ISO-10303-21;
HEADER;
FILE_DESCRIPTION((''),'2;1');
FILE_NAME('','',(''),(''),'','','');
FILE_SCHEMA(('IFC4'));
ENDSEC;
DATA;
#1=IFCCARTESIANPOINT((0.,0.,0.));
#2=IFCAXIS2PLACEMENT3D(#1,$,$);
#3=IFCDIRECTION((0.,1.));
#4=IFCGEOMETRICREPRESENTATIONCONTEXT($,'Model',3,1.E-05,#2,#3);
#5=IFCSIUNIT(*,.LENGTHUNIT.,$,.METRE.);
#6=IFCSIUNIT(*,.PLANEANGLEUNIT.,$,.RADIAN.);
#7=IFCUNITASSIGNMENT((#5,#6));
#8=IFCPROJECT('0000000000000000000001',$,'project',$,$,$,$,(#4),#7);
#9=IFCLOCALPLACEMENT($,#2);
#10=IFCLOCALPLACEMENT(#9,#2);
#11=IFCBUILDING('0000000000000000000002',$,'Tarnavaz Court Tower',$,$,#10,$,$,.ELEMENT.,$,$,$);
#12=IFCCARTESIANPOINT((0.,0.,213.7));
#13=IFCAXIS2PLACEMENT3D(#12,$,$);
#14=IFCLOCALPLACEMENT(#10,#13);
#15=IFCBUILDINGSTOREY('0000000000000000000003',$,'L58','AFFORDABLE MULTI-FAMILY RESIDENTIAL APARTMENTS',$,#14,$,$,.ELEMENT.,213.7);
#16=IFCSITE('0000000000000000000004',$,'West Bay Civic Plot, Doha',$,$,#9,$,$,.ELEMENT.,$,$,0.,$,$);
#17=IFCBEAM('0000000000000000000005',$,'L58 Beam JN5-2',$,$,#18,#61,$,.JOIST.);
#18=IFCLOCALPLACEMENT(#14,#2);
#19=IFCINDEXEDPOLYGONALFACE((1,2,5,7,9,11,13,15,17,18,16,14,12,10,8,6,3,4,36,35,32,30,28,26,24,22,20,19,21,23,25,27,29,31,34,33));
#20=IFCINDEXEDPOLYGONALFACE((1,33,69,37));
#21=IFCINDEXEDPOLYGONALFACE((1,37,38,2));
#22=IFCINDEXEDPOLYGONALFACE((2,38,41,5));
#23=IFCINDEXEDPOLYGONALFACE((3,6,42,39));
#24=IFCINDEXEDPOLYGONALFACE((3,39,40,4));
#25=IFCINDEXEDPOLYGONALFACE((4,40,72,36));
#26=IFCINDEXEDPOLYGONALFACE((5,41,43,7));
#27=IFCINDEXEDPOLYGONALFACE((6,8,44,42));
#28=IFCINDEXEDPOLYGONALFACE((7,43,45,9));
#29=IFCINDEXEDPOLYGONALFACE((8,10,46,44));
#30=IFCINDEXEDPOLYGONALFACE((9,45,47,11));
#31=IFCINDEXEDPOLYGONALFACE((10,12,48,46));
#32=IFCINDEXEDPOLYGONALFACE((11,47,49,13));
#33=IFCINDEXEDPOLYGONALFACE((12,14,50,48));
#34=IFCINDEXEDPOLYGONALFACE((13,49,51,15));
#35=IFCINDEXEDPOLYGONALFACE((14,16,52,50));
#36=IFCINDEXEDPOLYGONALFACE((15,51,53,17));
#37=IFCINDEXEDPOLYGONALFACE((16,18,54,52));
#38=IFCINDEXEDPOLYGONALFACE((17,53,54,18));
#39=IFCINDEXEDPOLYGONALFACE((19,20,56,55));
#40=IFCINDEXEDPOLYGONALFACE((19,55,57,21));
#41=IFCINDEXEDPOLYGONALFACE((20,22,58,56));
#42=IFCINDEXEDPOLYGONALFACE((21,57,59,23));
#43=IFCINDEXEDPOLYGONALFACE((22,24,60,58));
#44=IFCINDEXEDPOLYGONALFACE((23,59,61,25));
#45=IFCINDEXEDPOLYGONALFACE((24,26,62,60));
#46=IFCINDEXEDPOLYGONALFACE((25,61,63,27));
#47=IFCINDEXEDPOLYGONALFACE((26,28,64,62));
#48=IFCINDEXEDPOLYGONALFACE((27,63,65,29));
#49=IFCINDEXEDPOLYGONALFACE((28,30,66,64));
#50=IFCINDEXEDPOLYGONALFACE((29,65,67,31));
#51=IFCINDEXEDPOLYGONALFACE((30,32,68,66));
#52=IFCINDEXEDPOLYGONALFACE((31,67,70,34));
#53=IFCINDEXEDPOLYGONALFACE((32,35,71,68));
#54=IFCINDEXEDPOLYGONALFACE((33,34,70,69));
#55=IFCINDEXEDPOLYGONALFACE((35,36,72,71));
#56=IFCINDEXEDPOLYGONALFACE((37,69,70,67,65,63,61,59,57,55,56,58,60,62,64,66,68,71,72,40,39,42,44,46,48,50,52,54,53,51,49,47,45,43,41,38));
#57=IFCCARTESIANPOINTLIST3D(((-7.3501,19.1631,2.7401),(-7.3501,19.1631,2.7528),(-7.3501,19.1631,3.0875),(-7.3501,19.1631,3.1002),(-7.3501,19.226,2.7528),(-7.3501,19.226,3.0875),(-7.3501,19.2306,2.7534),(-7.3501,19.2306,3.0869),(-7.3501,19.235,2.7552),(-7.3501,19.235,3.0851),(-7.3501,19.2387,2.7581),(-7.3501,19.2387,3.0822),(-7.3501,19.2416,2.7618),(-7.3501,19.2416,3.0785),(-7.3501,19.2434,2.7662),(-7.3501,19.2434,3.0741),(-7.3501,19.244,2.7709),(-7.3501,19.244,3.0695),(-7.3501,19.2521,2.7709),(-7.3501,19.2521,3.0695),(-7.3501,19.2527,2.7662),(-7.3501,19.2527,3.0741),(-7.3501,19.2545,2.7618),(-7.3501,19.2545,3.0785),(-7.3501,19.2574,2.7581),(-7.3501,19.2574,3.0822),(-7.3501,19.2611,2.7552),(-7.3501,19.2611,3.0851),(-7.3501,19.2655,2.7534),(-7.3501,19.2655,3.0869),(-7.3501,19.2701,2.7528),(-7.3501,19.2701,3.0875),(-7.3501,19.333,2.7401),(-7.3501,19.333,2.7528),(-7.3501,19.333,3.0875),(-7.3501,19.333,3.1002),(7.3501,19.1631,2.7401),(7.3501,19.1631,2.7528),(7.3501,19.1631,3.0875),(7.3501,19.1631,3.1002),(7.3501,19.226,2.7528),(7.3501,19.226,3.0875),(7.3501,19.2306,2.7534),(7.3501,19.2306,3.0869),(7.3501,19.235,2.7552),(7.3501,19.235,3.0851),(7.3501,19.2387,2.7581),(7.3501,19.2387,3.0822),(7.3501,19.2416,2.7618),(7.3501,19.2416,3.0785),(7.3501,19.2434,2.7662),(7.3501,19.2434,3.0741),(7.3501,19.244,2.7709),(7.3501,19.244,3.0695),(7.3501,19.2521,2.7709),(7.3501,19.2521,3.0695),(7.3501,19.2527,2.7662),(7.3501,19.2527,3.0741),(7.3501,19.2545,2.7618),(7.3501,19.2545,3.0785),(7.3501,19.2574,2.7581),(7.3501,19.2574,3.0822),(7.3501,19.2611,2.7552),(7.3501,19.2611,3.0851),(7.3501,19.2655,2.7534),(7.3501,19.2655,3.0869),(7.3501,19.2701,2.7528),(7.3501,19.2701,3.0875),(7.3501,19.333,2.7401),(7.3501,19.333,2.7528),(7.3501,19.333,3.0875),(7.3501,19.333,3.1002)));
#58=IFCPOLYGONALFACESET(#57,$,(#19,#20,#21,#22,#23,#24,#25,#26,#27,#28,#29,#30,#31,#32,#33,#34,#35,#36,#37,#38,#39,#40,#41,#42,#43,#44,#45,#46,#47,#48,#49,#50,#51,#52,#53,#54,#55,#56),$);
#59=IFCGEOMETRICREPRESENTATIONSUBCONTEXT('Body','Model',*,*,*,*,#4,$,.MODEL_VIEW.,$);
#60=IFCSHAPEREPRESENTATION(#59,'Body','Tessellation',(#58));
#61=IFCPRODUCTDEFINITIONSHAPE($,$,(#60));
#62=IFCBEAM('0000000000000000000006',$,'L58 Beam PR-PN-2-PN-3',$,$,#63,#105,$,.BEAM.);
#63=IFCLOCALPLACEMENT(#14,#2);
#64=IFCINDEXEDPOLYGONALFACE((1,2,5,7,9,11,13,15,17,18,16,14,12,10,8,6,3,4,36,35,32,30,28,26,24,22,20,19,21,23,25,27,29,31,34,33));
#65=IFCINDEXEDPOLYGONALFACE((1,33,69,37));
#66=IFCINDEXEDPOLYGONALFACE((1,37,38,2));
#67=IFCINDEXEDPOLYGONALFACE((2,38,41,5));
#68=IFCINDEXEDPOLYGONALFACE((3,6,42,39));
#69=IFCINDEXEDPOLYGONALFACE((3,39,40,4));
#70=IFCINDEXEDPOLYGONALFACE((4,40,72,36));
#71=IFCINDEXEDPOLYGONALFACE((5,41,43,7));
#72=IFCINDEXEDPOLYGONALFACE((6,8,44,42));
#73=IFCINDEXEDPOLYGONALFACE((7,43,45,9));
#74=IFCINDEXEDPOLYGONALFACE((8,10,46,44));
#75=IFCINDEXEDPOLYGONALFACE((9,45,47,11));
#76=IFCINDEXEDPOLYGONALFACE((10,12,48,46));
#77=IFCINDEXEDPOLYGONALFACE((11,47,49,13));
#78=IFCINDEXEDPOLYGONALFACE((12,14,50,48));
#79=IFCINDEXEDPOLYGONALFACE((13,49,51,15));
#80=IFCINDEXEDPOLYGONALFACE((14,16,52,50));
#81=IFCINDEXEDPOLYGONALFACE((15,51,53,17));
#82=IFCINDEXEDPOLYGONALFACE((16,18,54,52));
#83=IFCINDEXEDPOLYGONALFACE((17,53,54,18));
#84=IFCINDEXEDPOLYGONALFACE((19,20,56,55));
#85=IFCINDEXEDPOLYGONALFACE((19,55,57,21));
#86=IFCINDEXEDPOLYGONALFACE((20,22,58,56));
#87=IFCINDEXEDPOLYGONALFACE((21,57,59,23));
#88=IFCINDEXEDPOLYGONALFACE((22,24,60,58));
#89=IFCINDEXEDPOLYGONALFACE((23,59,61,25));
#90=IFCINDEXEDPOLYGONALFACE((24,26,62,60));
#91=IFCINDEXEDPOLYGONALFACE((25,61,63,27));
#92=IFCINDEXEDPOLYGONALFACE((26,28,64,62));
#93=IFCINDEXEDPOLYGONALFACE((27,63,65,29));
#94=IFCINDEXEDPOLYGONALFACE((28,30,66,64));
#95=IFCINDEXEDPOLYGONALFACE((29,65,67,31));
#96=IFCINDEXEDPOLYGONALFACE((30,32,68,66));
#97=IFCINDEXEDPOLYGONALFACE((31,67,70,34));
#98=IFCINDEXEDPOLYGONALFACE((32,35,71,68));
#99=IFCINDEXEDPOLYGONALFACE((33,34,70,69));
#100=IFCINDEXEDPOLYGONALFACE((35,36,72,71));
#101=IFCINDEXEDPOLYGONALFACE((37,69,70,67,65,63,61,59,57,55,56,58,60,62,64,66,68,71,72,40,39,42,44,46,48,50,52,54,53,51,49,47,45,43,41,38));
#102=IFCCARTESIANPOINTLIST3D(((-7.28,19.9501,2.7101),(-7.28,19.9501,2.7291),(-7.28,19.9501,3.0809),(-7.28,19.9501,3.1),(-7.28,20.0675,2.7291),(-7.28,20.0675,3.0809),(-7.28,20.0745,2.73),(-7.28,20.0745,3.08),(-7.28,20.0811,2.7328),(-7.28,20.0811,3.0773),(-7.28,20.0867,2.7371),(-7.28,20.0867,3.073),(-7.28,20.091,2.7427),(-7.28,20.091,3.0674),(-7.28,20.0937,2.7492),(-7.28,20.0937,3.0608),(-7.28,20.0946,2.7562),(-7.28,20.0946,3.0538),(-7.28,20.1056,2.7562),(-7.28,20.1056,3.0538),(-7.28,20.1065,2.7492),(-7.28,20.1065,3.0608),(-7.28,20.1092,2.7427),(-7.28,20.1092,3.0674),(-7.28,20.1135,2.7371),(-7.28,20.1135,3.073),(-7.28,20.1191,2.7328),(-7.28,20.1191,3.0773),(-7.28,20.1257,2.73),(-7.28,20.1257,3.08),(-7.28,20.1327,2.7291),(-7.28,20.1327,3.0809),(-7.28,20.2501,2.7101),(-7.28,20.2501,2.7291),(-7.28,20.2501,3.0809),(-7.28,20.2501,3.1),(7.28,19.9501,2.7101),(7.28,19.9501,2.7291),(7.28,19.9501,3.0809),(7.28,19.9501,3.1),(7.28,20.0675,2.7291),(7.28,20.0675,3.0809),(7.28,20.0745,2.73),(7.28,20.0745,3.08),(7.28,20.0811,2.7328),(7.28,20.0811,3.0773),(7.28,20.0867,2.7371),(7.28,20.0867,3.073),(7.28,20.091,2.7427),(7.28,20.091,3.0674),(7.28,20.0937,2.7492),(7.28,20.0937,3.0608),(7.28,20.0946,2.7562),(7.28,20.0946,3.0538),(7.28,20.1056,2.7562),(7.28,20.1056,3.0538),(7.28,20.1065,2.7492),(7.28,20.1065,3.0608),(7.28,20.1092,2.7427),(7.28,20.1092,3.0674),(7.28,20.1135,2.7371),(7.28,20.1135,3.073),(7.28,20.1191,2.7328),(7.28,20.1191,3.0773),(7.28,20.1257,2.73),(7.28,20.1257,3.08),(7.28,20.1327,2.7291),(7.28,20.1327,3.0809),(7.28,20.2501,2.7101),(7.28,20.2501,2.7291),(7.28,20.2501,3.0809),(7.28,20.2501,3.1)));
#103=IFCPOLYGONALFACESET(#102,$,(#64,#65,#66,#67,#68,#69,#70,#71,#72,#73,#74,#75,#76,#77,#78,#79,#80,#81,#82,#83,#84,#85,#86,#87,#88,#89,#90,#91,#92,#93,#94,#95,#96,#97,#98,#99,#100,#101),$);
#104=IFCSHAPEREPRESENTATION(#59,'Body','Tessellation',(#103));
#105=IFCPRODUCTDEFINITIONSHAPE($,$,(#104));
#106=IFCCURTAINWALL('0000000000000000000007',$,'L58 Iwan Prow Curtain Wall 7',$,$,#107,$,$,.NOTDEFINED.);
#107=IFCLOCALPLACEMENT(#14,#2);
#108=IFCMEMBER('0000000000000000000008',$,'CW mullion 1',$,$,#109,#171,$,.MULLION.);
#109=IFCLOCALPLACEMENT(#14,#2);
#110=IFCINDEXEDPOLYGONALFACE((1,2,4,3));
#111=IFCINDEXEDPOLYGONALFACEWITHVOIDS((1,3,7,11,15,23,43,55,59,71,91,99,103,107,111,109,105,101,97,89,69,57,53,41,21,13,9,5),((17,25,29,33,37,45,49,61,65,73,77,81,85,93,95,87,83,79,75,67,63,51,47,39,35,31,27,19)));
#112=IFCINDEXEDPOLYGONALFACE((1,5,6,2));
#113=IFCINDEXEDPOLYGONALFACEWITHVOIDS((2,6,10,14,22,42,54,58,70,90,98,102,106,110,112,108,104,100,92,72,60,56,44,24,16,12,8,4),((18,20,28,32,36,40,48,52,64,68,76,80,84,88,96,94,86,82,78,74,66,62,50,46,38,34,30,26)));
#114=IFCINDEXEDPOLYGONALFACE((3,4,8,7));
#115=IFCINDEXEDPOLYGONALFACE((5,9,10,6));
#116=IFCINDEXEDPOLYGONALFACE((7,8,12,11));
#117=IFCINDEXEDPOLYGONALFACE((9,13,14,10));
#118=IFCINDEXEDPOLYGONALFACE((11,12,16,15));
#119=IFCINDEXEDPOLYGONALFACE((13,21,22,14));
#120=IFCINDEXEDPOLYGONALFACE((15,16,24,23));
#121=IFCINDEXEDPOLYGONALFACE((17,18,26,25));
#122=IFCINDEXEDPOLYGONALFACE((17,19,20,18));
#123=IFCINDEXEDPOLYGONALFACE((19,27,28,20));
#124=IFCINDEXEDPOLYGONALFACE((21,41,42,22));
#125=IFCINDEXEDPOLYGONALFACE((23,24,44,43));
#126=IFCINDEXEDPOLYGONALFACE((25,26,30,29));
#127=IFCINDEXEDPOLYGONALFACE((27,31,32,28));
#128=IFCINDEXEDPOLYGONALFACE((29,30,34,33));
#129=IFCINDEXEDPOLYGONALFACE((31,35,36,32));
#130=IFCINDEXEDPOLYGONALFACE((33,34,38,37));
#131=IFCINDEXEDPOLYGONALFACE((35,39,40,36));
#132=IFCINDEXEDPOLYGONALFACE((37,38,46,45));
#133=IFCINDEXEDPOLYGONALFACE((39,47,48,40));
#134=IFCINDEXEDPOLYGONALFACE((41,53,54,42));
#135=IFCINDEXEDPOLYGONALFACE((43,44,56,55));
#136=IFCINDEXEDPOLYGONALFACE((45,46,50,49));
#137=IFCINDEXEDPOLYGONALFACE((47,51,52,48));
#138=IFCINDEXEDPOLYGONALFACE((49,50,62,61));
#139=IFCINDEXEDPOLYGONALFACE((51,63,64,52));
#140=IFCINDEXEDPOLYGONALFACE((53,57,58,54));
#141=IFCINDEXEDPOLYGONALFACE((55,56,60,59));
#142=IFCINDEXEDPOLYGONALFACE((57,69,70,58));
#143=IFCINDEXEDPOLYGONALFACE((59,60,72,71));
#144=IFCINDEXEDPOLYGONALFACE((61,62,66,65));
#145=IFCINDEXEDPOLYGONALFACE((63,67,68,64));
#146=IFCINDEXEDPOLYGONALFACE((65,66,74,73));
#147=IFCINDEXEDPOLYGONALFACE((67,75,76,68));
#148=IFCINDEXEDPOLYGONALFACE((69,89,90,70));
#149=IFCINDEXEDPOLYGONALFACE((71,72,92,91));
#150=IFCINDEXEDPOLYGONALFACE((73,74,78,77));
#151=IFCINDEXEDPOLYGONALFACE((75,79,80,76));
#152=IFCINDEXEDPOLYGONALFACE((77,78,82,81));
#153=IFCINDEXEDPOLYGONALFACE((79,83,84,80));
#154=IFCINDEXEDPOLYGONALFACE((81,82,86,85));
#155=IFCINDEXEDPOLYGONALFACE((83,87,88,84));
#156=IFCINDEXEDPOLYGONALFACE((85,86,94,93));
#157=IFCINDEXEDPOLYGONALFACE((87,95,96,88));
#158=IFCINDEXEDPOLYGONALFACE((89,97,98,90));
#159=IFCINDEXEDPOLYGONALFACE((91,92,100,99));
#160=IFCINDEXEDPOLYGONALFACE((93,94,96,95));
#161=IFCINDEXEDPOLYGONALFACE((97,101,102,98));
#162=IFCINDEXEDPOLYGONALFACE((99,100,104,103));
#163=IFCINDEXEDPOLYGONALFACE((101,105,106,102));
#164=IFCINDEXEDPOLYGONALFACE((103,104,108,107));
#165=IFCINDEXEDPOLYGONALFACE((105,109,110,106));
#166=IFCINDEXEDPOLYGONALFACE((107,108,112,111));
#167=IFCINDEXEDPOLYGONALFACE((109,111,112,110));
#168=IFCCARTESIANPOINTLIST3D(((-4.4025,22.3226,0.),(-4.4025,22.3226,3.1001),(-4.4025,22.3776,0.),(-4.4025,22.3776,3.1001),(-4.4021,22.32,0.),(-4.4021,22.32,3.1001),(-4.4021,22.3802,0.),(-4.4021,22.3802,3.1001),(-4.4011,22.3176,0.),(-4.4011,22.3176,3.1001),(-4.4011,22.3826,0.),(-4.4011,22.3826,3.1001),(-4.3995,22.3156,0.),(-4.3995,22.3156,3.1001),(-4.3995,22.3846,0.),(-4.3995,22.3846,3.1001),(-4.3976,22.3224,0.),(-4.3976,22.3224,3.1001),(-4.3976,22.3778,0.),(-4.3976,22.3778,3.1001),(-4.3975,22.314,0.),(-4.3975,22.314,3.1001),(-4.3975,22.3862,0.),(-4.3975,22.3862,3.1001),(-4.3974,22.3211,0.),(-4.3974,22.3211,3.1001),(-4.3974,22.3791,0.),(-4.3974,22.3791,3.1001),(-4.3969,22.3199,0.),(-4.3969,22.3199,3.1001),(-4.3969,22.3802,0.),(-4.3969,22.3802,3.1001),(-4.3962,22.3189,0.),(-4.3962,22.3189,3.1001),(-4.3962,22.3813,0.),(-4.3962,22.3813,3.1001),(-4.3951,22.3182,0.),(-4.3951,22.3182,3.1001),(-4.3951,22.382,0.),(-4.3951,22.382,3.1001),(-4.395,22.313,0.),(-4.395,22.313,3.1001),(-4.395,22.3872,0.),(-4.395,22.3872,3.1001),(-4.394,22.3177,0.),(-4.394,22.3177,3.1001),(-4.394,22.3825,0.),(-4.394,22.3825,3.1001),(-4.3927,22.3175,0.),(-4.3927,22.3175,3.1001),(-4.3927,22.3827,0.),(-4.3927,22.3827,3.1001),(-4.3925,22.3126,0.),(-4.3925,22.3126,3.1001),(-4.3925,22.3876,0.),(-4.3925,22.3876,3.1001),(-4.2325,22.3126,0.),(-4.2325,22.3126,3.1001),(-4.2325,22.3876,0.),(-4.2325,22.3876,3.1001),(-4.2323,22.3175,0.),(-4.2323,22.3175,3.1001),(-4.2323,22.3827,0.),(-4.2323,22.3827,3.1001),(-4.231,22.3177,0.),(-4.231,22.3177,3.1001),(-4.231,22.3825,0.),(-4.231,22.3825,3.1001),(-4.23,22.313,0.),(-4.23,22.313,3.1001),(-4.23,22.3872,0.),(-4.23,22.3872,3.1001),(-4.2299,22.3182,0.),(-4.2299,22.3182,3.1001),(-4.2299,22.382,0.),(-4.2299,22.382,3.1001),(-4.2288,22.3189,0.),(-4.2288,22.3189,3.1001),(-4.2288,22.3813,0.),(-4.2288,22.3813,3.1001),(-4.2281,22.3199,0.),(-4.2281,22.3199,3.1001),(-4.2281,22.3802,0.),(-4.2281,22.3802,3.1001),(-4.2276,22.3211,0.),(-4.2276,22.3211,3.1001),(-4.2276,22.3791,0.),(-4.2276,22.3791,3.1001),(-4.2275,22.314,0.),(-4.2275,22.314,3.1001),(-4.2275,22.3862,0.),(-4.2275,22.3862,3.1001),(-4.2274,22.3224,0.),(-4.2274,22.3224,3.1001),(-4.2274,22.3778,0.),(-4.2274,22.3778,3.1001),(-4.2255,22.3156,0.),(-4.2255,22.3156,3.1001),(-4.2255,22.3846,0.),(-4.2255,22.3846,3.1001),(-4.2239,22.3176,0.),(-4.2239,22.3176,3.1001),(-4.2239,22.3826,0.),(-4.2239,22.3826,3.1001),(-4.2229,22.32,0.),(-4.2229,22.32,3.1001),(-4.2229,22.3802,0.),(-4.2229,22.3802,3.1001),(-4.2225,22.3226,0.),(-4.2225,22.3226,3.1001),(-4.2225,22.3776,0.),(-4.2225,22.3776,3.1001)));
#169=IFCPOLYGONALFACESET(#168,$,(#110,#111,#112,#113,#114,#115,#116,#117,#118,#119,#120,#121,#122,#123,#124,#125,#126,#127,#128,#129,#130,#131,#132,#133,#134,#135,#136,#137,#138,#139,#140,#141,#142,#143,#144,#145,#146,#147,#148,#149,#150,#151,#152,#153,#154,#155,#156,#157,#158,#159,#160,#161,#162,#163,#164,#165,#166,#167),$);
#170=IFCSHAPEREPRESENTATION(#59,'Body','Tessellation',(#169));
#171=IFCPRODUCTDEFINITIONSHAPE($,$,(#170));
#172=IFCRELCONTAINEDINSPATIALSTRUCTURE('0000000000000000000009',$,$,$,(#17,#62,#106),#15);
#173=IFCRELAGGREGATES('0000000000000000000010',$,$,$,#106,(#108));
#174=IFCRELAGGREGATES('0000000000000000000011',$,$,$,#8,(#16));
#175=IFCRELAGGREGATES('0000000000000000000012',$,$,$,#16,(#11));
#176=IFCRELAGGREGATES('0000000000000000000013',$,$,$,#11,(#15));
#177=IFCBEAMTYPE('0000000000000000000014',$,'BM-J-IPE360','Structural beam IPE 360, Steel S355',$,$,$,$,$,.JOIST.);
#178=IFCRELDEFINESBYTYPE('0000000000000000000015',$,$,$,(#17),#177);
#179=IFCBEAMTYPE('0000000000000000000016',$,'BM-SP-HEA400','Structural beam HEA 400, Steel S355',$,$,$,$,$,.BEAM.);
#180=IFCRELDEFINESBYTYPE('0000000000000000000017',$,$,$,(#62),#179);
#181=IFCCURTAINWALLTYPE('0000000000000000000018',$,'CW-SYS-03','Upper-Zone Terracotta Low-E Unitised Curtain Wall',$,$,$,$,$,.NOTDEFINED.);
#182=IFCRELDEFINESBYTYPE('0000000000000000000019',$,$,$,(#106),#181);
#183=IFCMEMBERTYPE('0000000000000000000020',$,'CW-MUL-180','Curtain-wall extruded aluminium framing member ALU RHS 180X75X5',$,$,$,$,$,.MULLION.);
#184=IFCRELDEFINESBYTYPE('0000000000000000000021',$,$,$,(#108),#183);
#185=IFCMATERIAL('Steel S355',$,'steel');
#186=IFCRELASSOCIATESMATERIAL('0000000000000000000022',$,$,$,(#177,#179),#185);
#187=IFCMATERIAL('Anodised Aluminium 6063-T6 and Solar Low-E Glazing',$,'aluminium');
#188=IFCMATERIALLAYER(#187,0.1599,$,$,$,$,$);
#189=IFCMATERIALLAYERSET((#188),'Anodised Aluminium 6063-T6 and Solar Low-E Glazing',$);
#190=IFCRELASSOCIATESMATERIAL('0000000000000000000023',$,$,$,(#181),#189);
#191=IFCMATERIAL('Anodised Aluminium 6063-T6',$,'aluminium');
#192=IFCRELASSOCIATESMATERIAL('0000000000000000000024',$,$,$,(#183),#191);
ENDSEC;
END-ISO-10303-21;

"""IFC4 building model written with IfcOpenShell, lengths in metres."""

from ifc_helpers import new_model, si_unit, direction, frame, origin, origin_2d, place, context, subcontext, project, spatial, hollow_rectangle, i_section, extrude, material, layer, layer_set, material_profile, profile_set, type_object, element, aggregate, save


model = new_model("IFC4")

# Units and contexts
model_context = context("Model", 3, precision=1e-05, world=origin(), true_north=direction((0.0, 1.0)))
body_context = subcontext(model_context, "Body", "Model", "MODEL_VIEW")
ifc_project = project(units=[si_unit("LENGTHUNIT", "METRE"), si_unit("PLANEANGLEUNIT", "RADIAN")], contexts=[model_context])

# Site, building, storey
site_placement = place(None, origin())
site = spatial("IfcSite", under=ifc_project, at=site_placement, Name="West Bay Civic Plot, Doha", CompositionType="ELEMENT", RefElevation=0.0)
building_placement = place(site_placement, origin())
building = spatial("IfcBuilding", under=site, at=building_placement, Name="Tarnavaz Court Tower", CompositionType="ELEMENT")
storey_placement = place(building_placement, frame((0.0, 0.0, 213.7)))
storey = spatial("IfcBuildingStorey", under=building, at=storey_placement, Name="L58", Description="AFFORDABLE MULTI-FAMILY RESIDENTIAL APARTMENTS", CompositionType="ELEMENT", Elevation=213.7)

# Beams
ifc_material_1 = material(Name="Steel S355", Category="steel")
ifc_material_profile_1 = material_profile(ifc_material_1, i_section(OverallWidth=0.1699, OverallDepth=0.3601, WebThickness=0.0081, FlangeThickness=0.0127, FilletRadius=0.0181, at=origin_2d()), Name="IPE 360")
ifc_profile_set_1 = profile_set([ifc_material_profile_1], Name="Steel S355")
beam_type_1 = type_object("IfcBeamType", Name="BM-J-IPE360", Description="Structural beam IPE 360, Steel S355", PredefinedType="JOIST", material=ifc_profile_set_1)
for number, where, z_axis, x_axis, name in (
    (1, (-7.3501, 19.248, 2.9202), (1.0, 0.0, 0.0), (0.0, 1.0, 0.0), "L58 Beam JN5-2"),
):
    element("IfcBeam", number, at=place(storey_placement, frame(where, z_axis=z_axis, x_axis=x_axis)), inside=storey, type_object=beam_type_1, Name=name, PredefinedType="JOIST", context=body_context, shape_type="SweptSolid", body=[
        extrude(i_section(OverallWidth=0.1699, OverallDepth=0.3601, WebThickness=0.0081, FlangeThickness=0.0127, FilletRadius=0.0181, at=origin_2d()), origin(), (0.0, 0.0, 1.0), 14.7002),
    ])
ifc_material_profile_2 = material_profile(ifc_material_1, i_section(OverallWidth=0.3, OverallDepth=0.3899, WebThickness=0.011, FlangeThickness=0.019, FilletRadius=0.0271, at=origin_2d()), Name="HEA 400")
ifc_profile_set_2 = profile_set([ifc_material_profile_2], Name="Steel S355")
beam_type_2 = type_object("IfcBeamType", Name="BM-SP-HEA400", Description="Structural beam HEA 400, Steel S355", PredefinedType="BEAM", material=ifc_profile_set_2)
beam_placement = place(storey_placement, frame((-7.28, 20.1001, 2.905), z_axis=(1.0, 0.0, 0.0), x_axis=(0.0, 1.0, 0.0)))
element("IfcBeam", 2, at=beam_placement, inside=storey, type_object=beam_type_2, Name="L58 Beam PR-PN-2-PN-3", PredefinedType="BEAM", context=body_context, shape_type="SweptSolid", body=[
    extrude(i_section(OverallWidth=0.3, OverallDepth=0.3899, WebThickness=0.011, FlangeThickness=0.019, FilletRadius=0.0271, at=origin_2d()), origin(), (0.0, 0.0, 1.0), 14.5601),
])

# Curtain wall, member
ifc_material_2 = material(Name="Anodised Aluminium 6063-T6 and Solar Low-E Glazing", Category="aluminium")
ifc_layer_1 = layer(ifc_material_2, 0.1599)
ifc_layer_set_1 = layer_set([ifc_layer_1], Name="Anodised Aluminium 6063-T6 and Solar Low-E Glazing")
curtain_wall_type = type_object("IfcCurtainWallType", Name="CW-SYS-03", Description="Upper-Zone Terracotta Low-E Unitised Curtain Wall", PredefinedType="NOTDEFINED", material=ifc_layer_set_1)
curtain_wall_placement = place(storey_placement, origin())
curtain_wall = element("IfcCurtainWall", 3, at=curtain_wall_placement, inside=storey, type_object=curtain_wall_type, Name="L58 Iwan Prow Curtain Wall 7", PredefinedType="NOTDEFINED")
ifc_material_3 = material(Name="Anodised Aluminium 6063-T6", Category="aluminium")
ifc_material_profile_3 = material_profile(ifc_material_3, hollow_rectangle(XDim=0.075, YDim=0.1799, WallThickness=0.0049, InnerFilletRadius=0.0049, OuterFilletRadius=0.01, at=origin_2d()), Name="ALU RHS 180X75X5")
ifc_profile_set_3 = profile_set([ifc_material_profile_3], Name="Anodised Aluminium 6063-T6")
member_type_1 = type_object("IfcMemberType", Name="CW-MUL-180", Description="Curtain-wall extruded aluminium framing member ALU RHS 180X75X5", PredefinedType="MULLION", material=ifc_profile_set_3)
member_1_placement = place(storey_placement, frame((-4.3125, 22.3501, 0.0), z_axis=(0.0, 0.0, 1.0), x_axis=(0.0, 1.0, 0.0)))
member_1 = element("IfcMember", 4, at=member_1_placement, type_object=member_type_1, Name="CW mullion 1", PredefinedType="MULLION", context=body_context, shape_type="SweptSolid", body=[
    extrude(hollow_rectangle(XDim=0.075, YDim=0.1799, WallThickness=0.0049, InnerFilletRadius=0.0049, OuterFilletRadius=0.01, at=origin_2d()), origin(), (0.0, 0.0, 1.0), 3.1001),
])
aggregate(curtain_wall, [member_1])

save(model, "model.ifc")
